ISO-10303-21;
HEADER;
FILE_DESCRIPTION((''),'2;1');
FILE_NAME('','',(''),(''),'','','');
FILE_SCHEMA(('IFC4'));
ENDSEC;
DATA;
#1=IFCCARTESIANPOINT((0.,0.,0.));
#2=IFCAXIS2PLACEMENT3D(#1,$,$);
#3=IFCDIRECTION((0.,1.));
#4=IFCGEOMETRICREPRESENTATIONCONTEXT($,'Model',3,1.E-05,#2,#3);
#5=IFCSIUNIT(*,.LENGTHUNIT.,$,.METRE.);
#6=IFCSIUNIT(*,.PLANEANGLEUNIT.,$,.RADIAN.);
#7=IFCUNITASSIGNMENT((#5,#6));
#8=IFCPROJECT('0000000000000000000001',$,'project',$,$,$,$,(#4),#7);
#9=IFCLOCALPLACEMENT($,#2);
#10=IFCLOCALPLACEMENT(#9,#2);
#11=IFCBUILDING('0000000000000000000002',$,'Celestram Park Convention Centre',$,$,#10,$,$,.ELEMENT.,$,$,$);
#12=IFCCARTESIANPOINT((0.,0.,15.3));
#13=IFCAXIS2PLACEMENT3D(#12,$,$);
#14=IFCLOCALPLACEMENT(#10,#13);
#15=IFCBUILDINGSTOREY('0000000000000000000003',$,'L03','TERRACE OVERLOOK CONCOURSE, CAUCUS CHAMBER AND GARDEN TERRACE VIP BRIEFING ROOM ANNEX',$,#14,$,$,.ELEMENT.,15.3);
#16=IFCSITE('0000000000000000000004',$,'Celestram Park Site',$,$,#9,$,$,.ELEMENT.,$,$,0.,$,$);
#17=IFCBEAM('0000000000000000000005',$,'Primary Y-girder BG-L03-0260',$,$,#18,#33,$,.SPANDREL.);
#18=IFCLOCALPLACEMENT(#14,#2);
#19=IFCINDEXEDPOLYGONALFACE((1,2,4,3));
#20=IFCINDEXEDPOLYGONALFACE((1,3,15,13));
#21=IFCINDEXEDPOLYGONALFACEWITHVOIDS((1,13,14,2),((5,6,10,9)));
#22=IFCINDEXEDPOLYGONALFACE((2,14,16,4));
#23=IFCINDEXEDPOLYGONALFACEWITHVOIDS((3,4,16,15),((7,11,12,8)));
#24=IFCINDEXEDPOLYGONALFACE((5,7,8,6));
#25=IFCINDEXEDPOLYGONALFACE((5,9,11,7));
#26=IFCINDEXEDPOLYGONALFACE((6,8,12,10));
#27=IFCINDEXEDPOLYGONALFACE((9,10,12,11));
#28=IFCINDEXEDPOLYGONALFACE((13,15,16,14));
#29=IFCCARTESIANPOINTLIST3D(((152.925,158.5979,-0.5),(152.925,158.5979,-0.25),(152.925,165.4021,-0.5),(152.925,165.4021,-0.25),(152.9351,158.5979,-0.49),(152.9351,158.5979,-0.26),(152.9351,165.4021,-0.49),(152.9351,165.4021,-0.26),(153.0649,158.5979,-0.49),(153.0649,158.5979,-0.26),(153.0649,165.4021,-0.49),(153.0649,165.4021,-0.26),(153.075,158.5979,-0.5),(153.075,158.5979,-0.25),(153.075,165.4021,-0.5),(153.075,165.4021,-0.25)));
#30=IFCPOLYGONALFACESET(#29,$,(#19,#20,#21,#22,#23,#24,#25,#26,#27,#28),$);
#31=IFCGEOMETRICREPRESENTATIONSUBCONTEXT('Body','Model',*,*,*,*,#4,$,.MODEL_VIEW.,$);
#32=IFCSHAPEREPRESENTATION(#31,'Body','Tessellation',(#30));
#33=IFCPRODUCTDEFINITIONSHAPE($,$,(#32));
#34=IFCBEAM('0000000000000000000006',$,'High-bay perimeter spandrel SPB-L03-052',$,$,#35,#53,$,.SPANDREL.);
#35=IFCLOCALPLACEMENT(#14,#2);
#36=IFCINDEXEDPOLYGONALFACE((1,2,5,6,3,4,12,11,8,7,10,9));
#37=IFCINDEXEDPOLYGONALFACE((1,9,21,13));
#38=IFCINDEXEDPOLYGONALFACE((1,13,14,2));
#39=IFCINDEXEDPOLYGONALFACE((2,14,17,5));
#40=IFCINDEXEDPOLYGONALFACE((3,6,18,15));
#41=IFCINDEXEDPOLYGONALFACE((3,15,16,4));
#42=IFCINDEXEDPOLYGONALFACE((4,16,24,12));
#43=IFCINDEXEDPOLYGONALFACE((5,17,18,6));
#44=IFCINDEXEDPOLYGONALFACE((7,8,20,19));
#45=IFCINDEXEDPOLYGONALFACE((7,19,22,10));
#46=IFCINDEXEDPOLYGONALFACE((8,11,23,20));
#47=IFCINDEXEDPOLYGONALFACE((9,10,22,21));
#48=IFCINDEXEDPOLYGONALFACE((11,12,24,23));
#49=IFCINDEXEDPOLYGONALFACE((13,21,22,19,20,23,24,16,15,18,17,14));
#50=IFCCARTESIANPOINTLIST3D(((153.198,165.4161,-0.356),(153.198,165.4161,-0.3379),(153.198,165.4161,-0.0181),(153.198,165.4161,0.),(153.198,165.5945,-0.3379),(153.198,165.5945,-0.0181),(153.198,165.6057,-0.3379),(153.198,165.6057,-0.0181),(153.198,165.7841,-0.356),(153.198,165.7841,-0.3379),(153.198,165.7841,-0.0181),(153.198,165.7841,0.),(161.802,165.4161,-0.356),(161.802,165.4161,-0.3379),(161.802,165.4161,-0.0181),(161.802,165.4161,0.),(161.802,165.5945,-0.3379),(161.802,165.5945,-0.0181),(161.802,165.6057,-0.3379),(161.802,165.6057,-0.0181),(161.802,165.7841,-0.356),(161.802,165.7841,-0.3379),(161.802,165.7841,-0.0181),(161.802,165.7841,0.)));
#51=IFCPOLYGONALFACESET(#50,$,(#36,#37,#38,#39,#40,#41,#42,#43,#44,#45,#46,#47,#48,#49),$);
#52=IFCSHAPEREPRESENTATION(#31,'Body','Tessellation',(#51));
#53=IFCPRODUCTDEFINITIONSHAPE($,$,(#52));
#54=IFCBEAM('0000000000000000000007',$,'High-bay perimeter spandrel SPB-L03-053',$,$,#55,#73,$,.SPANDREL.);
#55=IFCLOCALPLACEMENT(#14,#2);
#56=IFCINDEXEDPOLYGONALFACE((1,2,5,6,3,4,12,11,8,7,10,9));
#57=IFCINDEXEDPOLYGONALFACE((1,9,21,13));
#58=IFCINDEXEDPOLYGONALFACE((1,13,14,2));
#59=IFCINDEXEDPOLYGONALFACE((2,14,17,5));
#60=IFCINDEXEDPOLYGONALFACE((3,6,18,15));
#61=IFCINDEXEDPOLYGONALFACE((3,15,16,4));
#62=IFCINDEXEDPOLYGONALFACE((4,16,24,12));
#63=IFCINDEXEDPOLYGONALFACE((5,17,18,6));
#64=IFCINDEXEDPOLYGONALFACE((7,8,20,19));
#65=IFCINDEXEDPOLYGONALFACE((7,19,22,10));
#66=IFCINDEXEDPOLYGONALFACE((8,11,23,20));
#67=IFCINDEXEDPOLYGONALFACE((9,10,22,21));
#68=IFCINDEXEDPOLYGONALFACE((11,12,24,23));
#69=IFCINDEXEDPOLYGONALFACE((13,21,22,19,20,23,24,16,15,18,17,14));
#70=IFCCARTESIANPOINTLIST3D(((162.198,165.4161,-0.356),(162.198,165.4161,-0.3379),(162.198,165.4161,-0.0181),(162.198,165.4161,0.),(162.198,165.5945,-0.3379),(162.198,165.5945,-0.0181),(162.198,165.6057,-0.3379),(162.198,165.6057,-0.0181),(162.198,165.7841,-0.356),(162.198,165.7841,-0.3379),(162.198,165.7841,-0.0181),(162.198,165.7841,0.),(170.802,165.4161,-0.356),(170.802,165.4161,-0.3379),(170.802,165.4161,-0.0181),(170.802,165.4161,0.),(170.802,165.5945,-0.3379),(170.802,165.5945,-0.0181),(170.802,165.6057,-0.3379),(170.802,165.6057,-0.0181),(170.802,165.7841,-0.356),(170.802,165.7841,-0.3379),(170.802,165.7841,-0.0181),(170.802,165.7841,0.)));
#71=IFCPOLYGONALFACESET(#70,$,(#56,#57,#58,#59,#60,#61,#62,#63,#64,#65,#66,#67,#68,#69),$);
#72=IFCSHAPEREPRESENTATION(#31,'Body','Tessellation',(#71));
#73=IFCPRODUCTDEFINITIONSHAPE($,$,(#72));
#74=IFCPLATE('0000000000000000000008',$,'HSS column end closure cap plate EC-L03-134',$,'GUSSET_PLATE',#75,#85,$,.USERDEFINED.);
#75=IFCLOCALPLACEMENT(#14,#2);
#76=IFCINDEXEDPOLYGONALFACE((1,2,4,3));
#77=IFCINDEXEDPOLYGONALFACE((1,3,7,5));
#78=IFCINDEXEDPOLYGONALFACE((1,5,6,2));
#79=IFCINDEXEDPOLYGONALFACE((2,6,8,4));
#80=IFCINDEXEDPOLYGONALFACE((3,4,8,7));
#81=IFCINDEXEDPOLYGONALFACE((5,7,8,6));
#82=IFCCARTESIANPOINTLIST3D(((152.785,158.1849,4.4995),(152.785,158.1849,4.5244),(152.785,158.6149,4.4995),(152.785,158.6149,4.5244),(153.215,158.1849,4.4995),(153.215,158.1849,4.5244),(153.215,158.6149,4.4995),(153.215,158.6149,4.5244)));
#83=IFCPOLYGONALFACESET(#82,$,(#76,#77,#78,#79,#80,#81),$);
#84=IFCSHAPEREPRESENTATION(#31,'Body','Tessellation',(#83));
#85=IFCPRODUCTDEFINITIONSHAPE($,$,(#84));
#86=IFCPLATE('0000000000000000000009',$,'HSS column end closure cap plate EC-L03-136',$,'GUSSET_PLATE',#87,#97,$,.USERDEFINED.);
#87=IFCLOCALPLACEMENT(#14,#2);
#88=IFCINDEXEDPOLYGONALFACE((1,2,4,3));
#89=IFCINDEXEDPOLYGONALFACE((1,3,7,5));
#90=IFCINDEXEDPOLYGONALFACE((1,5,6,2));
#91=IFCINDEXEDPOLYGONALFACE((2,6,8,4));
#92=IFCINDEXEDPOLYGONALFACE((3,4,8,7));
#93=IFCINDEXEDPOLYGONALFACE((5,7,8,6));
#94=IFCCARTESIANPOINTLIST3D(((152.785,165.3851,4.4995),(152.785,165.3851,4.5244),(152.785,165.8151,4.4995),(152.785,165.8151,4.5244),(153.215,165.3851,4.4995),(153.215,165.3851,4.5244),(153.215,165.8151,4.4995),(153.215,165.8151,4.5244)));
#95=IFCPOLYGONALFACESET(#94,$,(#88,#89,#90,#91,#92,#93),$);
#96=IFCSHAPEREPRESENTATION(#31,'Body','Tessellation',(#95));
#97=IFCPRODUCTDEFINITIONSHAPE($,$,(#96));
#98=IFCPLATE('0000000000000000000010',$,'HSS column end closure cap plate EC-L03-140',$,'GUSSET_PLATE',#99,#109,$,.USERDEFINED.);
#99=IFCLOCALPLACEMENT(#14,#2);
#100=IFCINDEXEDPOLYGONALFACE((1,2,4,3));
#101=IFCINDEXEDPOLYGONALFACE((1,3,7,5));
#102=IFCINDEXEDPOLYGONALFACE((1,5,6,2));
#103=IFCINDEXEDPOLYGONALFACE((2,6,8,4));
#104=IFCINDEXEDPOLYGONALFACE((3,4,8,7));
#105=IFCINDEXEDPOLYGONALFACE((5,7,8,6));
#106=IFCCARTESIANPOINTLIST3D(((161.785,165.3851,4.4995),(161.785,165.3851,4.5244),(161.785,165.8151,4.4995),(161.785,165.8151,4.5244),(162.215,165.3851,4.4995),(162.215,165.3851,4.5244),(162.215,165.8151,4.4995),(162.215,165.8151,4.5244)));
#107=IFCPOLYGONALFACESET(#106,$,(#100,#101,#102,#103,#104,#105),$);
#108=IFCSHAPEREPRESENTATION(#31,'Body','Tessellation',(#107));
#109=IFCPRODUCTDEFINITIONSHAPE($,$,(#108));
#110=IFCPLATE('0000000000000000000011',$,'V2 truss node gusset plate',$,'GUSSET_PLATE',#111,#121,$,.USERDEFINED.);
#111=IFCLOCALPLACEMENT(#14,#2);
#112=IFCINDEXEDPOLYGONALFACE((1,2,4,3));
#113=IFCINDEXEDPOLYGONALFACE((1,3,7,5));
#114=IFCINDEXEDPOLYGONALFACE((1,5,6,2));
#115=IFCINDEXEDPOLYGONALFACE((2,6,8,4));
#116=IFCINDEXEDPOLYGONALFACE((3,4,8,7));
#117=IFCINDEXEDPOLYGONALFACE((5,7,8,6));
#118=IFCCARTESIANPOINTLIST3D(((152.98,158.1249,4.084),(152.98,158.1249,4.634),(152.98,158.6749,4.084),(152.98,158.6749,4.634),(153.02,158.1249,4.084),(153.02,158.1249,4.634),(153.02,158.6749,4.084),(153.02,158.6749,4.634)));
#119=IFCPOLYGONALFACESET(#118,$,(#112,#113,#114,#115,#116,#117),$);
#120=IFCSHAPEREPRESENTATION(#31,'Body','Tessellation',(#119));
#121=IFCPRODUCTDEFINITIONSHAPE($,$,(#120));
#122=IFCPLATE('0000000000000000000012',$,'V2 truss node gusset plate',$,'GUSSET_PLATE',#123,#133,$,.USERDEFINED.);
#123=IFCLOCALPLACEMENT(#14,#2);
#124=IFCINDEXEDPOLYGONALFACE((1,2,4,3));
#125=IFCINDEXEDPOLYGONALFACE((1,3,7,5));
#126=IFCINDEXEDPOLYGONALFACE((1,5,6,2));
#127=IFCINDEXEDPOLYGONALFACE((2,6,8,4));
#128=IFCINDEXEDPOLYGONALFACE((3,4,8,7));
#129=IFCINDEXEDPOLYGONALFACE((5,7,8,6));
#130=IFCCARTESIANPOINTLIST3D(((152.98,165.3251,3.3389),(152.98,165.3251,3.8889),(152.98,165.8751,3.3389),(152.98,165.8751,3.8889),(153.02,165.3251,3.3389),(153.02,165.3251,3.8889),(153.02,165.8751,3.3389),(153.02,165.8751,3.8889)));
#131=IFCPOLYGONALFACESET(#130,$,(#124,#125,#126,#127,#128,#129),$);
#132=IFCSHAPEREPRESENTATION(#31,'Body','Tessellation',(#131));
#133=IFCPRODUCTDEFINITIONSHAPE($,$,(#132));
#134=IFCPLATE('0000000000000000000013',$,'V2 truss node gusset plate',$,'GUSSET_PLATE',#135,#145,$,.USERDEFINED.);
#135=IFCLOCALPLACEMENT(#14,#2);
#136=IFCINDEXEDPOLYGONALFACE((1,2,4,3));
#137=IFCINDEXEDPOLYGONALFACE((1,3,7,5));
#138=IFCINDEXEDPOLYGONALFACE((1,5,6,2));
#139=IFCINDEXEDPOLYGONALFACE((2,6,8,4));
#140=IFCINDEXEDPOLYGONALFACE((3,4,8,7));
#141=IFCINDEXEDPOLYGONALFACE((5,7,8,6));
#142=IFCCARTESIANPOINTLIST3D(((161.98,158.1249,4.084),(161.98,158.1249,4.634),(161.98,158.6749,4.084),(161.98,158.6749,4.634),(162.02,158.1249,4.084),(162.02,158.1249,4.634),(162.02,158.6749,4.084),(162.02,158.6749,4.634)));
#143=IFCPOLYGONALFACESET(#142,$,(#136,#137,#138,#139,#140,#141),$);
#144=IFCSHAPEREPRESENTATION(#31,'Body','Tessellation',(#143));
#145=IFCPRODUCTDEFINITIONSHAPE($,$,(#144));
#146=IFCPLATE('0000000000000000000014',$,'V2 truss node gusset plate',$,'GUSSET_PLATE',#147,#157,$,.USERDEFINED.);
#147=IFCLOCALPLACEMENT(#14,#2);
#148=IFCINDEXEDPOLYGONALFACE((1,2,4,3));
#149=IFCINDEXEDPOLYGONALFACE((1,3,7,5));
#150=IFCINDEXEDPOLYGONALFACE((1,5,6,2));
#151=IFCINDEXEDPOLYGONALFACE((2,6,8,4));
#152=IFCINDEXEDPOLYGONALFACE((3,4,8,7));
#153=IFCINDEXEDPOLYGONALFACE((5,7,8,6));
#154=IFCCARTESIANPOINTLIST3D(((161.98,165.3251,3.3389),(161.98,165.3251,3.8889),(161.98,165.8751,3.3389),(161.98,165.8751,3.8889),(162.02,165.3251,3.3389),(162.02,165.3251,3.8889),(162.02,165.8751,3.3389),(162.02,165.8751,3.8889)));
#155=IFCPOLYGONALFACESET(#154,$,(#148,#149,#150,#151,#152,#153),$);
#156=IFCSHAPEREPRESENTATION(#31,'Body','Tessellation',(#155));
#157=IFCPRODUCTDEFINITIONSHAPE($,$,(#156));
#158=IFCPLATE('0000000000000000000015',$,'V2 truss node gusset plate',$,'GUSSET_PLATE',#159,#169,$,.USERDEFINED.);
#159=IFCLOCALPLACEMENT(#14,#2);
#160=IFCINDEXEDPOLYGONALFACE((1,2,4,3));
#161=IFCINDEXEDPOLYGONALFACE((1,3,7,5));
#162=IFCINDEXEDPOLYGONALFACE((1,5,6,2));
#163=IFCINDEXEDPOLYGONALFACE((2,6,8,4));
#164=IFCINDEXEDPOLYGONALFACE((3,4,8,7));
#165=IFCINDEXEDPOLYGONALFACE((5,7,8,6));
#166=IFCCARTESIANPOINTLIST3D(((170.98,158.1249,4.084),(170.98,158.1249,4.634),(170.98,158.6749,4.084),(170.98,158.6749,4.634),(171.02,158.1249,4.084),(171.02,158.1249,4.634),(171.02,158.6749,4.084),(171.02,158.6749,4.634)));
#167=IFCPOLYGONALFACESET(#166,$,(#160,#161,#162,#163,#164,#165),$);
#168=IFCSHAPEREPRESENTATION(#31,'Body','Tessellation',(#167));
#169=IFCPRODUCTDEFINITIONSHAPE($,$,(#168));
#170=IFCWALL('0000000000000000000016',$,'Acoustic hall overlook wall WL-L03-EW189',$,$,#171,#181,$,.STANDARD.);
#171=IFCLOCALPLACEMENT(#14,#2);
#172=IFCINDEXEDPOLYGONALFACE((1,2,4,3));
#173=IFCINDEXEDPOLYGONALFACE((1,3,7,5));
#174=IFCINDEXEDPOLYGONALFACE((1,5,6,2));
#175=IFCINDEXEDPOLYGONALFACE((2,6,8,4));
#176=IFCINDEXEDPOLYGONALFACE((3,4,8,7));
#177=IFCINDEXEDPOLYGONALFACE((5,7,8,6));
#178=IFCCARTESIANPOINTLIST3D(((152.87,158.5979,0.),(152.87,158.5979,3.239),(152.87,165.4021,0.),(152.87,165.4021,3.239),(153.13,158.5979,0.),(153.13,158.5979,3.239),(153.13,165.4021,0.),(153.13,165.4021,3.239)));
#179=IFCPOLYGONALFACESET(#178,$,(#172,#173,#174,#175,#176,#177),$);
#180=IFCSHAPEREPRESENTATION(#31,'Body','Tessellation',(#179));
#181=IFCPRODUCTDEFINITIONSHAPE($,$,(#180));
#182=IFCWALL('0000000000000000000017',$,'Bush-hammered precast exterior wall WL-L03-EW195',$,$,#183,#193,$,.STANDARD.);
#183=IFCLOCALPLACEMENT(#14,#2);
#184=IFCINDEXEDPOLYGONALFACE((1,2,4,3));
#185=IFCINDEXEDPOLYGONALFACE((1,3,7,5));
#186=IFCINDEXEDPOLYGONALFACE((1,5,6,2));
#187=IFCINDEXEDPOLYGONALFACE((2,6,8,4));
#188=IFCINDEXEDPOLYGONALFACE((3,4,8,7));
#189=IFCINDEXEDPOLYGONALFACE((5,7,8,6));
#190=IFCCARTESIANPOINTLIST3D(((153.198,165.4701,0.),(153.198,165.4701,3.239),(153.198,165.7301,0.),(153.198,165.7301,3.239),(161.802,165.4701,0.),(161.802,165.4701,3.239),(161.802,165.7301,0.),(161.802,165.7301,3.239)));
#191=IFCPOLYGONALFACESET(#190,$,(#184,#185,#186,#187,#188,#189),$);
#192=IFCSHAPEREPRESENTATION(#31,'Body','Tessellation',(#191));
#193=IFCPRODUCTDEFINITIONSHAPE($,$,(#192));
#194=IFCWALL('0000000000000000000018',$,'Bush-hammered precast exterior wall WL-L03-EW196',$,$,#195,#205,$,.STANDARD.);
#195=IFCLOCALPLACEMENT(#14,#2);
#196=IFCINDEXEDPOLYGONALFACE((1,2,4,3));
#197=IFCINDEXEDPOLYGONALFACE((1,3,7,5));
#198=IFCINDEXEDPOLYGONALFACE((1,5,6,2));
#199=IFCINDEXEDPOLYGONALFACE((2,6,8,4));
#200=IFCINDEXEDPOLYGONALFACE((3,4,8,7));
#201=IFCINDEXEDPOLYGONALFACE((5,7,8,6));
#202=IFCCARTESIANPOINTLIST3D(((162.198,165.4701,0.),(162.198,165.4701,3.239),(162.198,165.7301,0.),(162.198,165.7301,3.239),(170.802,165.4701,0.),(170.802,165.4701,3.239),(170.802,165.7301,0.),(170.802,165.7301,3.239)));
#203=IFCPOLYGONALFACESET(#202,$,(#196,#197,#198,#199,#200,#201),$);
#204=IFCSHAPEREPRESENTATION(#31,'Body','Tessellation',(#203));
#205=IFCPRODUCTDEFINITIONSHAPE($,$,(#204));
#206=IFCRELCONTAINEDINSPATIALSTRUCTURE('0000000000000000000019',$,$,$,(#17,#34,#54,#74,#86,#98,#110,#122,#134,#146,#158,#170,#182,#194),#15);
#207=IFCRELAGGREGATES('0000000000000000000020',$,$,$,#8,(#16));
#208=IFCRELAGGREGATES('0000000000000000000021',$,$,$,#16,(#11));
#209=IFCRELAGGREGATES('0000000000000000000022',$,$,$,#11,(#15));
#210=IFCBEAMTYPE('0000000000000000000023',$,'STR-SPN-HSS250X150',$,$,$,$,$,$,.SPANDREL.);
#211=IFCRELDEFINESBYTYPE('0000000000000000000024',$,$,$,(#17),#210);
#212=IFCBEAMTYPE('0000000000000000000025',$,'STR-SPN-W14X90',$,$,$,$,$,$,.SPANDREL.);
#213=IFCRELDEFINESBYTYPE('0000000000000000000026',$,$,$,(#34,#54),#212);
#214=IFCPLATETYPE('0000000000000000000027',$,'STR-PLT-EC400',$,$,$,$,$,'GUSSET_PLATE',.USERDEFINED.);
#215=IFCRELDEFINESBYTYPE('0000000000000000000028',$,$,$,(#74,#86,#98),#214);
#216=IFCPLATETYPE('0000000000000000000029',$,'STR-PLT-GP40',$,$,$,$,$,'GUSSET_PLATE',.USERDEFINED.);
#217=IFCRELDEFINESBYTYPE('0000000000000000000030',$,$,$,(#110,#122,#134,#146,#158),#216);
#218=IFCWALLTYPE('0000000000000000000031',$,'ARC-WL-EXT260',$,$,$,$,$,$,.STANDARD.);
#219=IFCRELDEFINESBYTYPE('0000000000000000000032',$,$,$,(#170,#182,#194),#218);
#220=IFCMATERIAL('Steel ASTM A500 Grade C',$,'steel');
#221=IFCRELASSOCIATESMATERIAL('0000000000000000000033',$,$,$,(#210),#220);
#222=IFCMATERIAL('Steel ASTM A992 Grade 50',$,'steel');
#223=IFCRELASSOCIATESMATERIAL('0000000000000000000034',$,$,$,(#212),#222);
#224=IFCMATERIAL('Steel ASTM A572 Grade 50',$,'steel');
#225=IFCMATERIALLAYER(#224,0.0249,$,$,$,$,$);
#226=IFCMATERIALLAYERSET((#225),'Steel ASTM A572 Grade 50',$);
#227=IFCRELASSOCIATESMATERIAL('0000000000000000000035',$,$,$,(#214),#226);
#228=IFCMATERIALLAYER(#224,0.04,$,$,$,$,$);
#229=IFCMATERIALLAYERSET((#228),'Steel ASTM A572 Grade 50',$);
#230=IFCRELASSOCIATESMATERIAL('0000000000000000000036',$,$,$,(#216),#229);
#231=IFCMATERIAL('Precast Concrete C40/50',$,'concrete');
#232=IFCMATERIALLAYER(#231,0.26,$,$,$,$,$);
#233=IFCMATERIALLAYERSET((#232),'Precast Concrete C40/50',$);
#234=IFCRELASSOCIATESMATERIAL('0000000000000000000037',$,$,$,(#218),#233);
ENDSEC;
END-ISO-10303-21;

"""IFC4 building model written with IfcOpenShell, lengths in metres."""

from ifc_helpers import new_model, si_unit, direction, frame, frame_2d, origin, origin_2d, place, context, subcontext, project, spatial, rectangle, hollow_rectangle, i_section, extrude, material, layer, layer_set, material_profile, profile_set, type_object, element, save


model = new_model("IFC4")

# Units and contexts
model_context = context("Model", 3, precision=1e-05, world=origin(), true_north=direction((0.0, 1.0)))
body_context = subcontext(model_context, "Body", "Model", "MODEL_VIEW")
ifc_project = project(units=[si_unit("LENGTHUNIT", "METRE"), si_unit("PLANEANGLEUNIT", "RADIAN")], contexts=[model_context])

# Site, building, storey
site_placement = place(None, origin())
site = spatial("IfcSite", under=ifc_project, at=site_placement, Name="Celestram Park Site", CompositionType="ELEMENT", RefElevation=0.0)
building_placement = place(site_placement, origin())
building = spatial("IfcBuilding", under=site, at=building_placement, Name="Celestram Park Convention Centre", CompositionType="ELEMENT")
storey_placement = place(building_placement, frame((0.0, 0.0, 15.3)))
storey = spatial("IfcBuildingStorey", under=building, at=storey_placement, Name="L03", Description="TERRACE OVERLOOK CONCOURSE, CAUCUS CHAMBER AND GARDEN TERRACE VIP BRIEFING ROOM ANNEX", CompositionType="ELEMENT", Elevation=15.3)

# Shared definitions
ifc_material_1 = material(Name="Steel ASTM A500 Grade C", Category="steel")

# Shared definitions
ifc_material_2 = material(Name="Steel ASTM A992 Grade 50", Category="steel")

# Beams
ifc_material_profile_1 = material_profile(ifc_material_1, hollow_rectangle(XDim=0.1499, YDim=0.25, WallThickness=0.01, at=origin_2d()), Name="HSS250X150X10")
ifc_profile_set_1 = profile_set([ifc_material_profile_1], Name="Steel ASTM A500 Grade C")
beam_type_1 = type_object("IfcBeamType", Name="STR-SPN-HSS250X150", PredefinedType="SPANDREL", material=ifc_profile_set_1)
beam_placement = place(storey_placement, frame((153.0, 158.5979, -0.375), z_axis=(0.0, 1.0, 0.0), x_axis=(-1.0, 0.0, 0.0)))
element("IfcBeam", 1, at=beam_placement, inside=storey, type_object=beam_type_1, Name="Primary Y-girder BG-L03-0260", PredefinedType="SPANDREL", context=body_context, shape_type="SweptSolid", body=[
    extrude(hollow_rectangle(XDim=0.1499, YDim=0.25, WallThickness=0.01, at=origin_2d()), origin(), (0.0, 0.0, 1.0), 6.8042),
])
ifc_material_profile_2 = material_profile(ifc_material_2, i_section(OverallWidth=0.3679, OverallDepth=0.356, WebThickness=0.0112, FlangeThickness=0.0181, at=origin_2d()), Name="W14X90")
ifc_profile_set_2 = profile_set([ifc_material_profile_2], Name="Steel ASTM A992 Grade 50")
beam_type_2 = type_object("IfcBeamType", Name="STR-SPN-W14X90", PredefinedType="SPANDREL", material=ifc_profile_set_2)
for number, where, z_axis, x_axis, name in (
    (2, (153.198, 165.6001, -0.178), (1.0, 0.0, 0.0), (0.0, 1.0, 0.0), "High-bay perimeter spandrel SPB-L03-052"),
    (3, (162.198, 165.6001, -0.178), (1.0, 0.0, 0.0), (0.0, 1.0, 0.0), "High-bay perimeter spandrel SPB-L03-053"),
):
    element("IfcBeam", number, at=place(storey_placement, frame(where, z_axis=z_axis, x_axis=x_axis)), inside=storey, type_object=beam_type_2, Name=name, PredefinedType="SPANDREL", context=body_context, shape_type="SweptSolid", body=[
        extrude(i_section(OverallWidth=0.3679, OverallDepth=0.356, WebThickness=0.0112, FlangeThickness=0.0181, at=origin_2d()), origin(), (0.0, 0.0, 1.0), 8.604),
    ])

# Plates
ifc_material_3 = material(Name="Steel ASTM A572 Grade 50", Category="steel")
ifc_layer_1 = layer(ifc_material_3, 0.0249)
ifc_layer_set_1 = layer_set([ifc_layer_1], Name="Steel ASTM A572 Grade 50")
plate_type_1 = type_object("IfcPlateType", Name="STR-PLT-EC400", ElementType="GUSSET_PLATE", PredefinedType="USERDEFINED", material=ifc_layer_set_1)
for number, where, z_axis, x_axis, name in (
    (4, (153.0, 158.3999, 4.4995), (0.0, 0.0, 1.0), (1.0, 0.0, 0.0), "HSS column end closure cap plate EC-L03-134"),
    (5, (153.0, 165.6001, 4.4995), (0.0, 0.0, 1.0), (1.0, 0.0, 0.0), "HSS column end closure cap plate EC-L03-136"),
    (6, (162.0, 165.6001, 4.4995), (0.0, 0.0, 1.0), (1.0, 0.0, 0.0), "HSS column end closure cap plate EC-L03-140"),
):
    element("IfcPlate", number, at=place(storey_placement, frame(where, z_axis=z_axis, x_axis=x_axis)), inside=storey, type_object=plate_type_1, Name=name, ObjectType="GUSSET_PLATE", PredefinedType="USERDEFINED", context=body_context, shape_type="SweptSolid", body=[
        extrude(rectangle(XDim=0.4299, YDim=0.4299, at=origin_2d()), origin(), (0.0, 0.0, 1.0), 0.0249),
    ])
ifc_layer_2 = layer(ifc_material_3, 0.04)
ifc_layer_set_2 = layer_set([ifc_layer_2], Name="Steel ASTM A572 Grade 50")
plate_type_2 = type_object("IfcPlateType", Name="STR-PLT-GP40", ElementType="GUSSET_PLATE", PredefinedType="USERDEFINED", material=ifc_layer_set_2)
for number, where, z_axis, x_axis, name in (
    (7, (153.0, 158.3999, 4.084), (0.0, 0.0, 1.0), (0.0, 1.0, 0.0), "V2 truss node gusset plate"),
    (8, (153.0, 165.6001, 3.3389), (0.0, 0.0, 1.0), (0.0, 1.0, 0.0), "V2 truss node gusset plate"),
    (9, (162.0, 158.3999, 4.084), (0.0, 0.0, 1.0), (0.0, 1.0, 0.0), "V2 truss node gusset plate"),
    (10, (162.0, 165.6001, 3.3389), (0.0, 0.0, 1.0), (0.0, 1.0, 0.0), "V2 truss node gusset plate"),
    (11, (171.0, 158.3999, 4.084), (0.0, 0.0, 1.0), (0.0, 1.0, 0.0), "V2 truss node gusset plate"),
):
    element("IfcPlate", number, at=place(storey_placement, frame(where, z_axis=z_axis, x_axis=x_axis)), inside=storey, type_object=plate_type_2, Name=name, ObjectType="GUSSET_PLATE", PredefinedType="USERDEFINED", context=body_context, shape_type="SweptSolid", body=[
        extrude(rectangle(XDim=0.55, YDim=0.04, at=origin_2d()), origin(), (0.0, 0.0, 1.0), 0.55),
    ])

# Walls
ifc_material_4 = material(Name="Precast Concrete C40/50", Category="concrete")
ifc_layer_3 = layer(ifc_material_4, 0.26)
ifc_layer_set_3 = layer_set([ifc_layer_3], Name="Precast Concrete C40/50")
wall_type = type_object("IfcWallType", Name="ARC-WL-EXT260", PredefinedType="STANDARD", material=ifc_layer_set_3)
wall_placement = place(storey_placement, frame((153.0, 165.4021, 0.0), z_axis=(0.0, 0.0, 1.0), x_axis=(0.0, -1.0, 0.0)))
element("IfcWall", 12, at=wall_placement, inside=storey, type_object=wall_type, Name="Acoustic hall overlook wall WL-L03-EW189", PredefinedType="STANDARD", context=body_context, shape_type="SweptSolid", body=[
    extrude(rectangle(XDim=6.8042, YDim=0.26, at=frame_2d((3.4021, 0.0))), origin(), (0.0, 0.0, 1.0), 3.239),
])
for number, where, z_axis, x_axis, name in (
    (13, (153.198, 165.6001, 0.0), (0.0, 0.0, 1.0), (1.0, 0.0, 0.0), "Bush-hammered precast exterior wall WL-L03-EW195"),
    (14, (162.198, 165.6001, 0.0), (0.0, 0.0, 1.0), (1.0, 0.0, 0.0), "Bush-hammered precast exterior wall WL-L03-EW196"),
):
    element("IfcWall", number, at=place(storey_placement, frame(where, z_axis=z_axis, x_axis=x_axis)), inside=storey, type_object=wall_type, Name=name, PredefinedType="STANDARD", context=body_context, shape_type="SweptSolid", body=[
        extrude(rectangle(XDim=8.604, YDim=0.26, at=frame_2d((4.302, 0.0))), origin(), (0.0, 0.0, 1.0), 3.239),
    ])

save(model, "model.ifc")
